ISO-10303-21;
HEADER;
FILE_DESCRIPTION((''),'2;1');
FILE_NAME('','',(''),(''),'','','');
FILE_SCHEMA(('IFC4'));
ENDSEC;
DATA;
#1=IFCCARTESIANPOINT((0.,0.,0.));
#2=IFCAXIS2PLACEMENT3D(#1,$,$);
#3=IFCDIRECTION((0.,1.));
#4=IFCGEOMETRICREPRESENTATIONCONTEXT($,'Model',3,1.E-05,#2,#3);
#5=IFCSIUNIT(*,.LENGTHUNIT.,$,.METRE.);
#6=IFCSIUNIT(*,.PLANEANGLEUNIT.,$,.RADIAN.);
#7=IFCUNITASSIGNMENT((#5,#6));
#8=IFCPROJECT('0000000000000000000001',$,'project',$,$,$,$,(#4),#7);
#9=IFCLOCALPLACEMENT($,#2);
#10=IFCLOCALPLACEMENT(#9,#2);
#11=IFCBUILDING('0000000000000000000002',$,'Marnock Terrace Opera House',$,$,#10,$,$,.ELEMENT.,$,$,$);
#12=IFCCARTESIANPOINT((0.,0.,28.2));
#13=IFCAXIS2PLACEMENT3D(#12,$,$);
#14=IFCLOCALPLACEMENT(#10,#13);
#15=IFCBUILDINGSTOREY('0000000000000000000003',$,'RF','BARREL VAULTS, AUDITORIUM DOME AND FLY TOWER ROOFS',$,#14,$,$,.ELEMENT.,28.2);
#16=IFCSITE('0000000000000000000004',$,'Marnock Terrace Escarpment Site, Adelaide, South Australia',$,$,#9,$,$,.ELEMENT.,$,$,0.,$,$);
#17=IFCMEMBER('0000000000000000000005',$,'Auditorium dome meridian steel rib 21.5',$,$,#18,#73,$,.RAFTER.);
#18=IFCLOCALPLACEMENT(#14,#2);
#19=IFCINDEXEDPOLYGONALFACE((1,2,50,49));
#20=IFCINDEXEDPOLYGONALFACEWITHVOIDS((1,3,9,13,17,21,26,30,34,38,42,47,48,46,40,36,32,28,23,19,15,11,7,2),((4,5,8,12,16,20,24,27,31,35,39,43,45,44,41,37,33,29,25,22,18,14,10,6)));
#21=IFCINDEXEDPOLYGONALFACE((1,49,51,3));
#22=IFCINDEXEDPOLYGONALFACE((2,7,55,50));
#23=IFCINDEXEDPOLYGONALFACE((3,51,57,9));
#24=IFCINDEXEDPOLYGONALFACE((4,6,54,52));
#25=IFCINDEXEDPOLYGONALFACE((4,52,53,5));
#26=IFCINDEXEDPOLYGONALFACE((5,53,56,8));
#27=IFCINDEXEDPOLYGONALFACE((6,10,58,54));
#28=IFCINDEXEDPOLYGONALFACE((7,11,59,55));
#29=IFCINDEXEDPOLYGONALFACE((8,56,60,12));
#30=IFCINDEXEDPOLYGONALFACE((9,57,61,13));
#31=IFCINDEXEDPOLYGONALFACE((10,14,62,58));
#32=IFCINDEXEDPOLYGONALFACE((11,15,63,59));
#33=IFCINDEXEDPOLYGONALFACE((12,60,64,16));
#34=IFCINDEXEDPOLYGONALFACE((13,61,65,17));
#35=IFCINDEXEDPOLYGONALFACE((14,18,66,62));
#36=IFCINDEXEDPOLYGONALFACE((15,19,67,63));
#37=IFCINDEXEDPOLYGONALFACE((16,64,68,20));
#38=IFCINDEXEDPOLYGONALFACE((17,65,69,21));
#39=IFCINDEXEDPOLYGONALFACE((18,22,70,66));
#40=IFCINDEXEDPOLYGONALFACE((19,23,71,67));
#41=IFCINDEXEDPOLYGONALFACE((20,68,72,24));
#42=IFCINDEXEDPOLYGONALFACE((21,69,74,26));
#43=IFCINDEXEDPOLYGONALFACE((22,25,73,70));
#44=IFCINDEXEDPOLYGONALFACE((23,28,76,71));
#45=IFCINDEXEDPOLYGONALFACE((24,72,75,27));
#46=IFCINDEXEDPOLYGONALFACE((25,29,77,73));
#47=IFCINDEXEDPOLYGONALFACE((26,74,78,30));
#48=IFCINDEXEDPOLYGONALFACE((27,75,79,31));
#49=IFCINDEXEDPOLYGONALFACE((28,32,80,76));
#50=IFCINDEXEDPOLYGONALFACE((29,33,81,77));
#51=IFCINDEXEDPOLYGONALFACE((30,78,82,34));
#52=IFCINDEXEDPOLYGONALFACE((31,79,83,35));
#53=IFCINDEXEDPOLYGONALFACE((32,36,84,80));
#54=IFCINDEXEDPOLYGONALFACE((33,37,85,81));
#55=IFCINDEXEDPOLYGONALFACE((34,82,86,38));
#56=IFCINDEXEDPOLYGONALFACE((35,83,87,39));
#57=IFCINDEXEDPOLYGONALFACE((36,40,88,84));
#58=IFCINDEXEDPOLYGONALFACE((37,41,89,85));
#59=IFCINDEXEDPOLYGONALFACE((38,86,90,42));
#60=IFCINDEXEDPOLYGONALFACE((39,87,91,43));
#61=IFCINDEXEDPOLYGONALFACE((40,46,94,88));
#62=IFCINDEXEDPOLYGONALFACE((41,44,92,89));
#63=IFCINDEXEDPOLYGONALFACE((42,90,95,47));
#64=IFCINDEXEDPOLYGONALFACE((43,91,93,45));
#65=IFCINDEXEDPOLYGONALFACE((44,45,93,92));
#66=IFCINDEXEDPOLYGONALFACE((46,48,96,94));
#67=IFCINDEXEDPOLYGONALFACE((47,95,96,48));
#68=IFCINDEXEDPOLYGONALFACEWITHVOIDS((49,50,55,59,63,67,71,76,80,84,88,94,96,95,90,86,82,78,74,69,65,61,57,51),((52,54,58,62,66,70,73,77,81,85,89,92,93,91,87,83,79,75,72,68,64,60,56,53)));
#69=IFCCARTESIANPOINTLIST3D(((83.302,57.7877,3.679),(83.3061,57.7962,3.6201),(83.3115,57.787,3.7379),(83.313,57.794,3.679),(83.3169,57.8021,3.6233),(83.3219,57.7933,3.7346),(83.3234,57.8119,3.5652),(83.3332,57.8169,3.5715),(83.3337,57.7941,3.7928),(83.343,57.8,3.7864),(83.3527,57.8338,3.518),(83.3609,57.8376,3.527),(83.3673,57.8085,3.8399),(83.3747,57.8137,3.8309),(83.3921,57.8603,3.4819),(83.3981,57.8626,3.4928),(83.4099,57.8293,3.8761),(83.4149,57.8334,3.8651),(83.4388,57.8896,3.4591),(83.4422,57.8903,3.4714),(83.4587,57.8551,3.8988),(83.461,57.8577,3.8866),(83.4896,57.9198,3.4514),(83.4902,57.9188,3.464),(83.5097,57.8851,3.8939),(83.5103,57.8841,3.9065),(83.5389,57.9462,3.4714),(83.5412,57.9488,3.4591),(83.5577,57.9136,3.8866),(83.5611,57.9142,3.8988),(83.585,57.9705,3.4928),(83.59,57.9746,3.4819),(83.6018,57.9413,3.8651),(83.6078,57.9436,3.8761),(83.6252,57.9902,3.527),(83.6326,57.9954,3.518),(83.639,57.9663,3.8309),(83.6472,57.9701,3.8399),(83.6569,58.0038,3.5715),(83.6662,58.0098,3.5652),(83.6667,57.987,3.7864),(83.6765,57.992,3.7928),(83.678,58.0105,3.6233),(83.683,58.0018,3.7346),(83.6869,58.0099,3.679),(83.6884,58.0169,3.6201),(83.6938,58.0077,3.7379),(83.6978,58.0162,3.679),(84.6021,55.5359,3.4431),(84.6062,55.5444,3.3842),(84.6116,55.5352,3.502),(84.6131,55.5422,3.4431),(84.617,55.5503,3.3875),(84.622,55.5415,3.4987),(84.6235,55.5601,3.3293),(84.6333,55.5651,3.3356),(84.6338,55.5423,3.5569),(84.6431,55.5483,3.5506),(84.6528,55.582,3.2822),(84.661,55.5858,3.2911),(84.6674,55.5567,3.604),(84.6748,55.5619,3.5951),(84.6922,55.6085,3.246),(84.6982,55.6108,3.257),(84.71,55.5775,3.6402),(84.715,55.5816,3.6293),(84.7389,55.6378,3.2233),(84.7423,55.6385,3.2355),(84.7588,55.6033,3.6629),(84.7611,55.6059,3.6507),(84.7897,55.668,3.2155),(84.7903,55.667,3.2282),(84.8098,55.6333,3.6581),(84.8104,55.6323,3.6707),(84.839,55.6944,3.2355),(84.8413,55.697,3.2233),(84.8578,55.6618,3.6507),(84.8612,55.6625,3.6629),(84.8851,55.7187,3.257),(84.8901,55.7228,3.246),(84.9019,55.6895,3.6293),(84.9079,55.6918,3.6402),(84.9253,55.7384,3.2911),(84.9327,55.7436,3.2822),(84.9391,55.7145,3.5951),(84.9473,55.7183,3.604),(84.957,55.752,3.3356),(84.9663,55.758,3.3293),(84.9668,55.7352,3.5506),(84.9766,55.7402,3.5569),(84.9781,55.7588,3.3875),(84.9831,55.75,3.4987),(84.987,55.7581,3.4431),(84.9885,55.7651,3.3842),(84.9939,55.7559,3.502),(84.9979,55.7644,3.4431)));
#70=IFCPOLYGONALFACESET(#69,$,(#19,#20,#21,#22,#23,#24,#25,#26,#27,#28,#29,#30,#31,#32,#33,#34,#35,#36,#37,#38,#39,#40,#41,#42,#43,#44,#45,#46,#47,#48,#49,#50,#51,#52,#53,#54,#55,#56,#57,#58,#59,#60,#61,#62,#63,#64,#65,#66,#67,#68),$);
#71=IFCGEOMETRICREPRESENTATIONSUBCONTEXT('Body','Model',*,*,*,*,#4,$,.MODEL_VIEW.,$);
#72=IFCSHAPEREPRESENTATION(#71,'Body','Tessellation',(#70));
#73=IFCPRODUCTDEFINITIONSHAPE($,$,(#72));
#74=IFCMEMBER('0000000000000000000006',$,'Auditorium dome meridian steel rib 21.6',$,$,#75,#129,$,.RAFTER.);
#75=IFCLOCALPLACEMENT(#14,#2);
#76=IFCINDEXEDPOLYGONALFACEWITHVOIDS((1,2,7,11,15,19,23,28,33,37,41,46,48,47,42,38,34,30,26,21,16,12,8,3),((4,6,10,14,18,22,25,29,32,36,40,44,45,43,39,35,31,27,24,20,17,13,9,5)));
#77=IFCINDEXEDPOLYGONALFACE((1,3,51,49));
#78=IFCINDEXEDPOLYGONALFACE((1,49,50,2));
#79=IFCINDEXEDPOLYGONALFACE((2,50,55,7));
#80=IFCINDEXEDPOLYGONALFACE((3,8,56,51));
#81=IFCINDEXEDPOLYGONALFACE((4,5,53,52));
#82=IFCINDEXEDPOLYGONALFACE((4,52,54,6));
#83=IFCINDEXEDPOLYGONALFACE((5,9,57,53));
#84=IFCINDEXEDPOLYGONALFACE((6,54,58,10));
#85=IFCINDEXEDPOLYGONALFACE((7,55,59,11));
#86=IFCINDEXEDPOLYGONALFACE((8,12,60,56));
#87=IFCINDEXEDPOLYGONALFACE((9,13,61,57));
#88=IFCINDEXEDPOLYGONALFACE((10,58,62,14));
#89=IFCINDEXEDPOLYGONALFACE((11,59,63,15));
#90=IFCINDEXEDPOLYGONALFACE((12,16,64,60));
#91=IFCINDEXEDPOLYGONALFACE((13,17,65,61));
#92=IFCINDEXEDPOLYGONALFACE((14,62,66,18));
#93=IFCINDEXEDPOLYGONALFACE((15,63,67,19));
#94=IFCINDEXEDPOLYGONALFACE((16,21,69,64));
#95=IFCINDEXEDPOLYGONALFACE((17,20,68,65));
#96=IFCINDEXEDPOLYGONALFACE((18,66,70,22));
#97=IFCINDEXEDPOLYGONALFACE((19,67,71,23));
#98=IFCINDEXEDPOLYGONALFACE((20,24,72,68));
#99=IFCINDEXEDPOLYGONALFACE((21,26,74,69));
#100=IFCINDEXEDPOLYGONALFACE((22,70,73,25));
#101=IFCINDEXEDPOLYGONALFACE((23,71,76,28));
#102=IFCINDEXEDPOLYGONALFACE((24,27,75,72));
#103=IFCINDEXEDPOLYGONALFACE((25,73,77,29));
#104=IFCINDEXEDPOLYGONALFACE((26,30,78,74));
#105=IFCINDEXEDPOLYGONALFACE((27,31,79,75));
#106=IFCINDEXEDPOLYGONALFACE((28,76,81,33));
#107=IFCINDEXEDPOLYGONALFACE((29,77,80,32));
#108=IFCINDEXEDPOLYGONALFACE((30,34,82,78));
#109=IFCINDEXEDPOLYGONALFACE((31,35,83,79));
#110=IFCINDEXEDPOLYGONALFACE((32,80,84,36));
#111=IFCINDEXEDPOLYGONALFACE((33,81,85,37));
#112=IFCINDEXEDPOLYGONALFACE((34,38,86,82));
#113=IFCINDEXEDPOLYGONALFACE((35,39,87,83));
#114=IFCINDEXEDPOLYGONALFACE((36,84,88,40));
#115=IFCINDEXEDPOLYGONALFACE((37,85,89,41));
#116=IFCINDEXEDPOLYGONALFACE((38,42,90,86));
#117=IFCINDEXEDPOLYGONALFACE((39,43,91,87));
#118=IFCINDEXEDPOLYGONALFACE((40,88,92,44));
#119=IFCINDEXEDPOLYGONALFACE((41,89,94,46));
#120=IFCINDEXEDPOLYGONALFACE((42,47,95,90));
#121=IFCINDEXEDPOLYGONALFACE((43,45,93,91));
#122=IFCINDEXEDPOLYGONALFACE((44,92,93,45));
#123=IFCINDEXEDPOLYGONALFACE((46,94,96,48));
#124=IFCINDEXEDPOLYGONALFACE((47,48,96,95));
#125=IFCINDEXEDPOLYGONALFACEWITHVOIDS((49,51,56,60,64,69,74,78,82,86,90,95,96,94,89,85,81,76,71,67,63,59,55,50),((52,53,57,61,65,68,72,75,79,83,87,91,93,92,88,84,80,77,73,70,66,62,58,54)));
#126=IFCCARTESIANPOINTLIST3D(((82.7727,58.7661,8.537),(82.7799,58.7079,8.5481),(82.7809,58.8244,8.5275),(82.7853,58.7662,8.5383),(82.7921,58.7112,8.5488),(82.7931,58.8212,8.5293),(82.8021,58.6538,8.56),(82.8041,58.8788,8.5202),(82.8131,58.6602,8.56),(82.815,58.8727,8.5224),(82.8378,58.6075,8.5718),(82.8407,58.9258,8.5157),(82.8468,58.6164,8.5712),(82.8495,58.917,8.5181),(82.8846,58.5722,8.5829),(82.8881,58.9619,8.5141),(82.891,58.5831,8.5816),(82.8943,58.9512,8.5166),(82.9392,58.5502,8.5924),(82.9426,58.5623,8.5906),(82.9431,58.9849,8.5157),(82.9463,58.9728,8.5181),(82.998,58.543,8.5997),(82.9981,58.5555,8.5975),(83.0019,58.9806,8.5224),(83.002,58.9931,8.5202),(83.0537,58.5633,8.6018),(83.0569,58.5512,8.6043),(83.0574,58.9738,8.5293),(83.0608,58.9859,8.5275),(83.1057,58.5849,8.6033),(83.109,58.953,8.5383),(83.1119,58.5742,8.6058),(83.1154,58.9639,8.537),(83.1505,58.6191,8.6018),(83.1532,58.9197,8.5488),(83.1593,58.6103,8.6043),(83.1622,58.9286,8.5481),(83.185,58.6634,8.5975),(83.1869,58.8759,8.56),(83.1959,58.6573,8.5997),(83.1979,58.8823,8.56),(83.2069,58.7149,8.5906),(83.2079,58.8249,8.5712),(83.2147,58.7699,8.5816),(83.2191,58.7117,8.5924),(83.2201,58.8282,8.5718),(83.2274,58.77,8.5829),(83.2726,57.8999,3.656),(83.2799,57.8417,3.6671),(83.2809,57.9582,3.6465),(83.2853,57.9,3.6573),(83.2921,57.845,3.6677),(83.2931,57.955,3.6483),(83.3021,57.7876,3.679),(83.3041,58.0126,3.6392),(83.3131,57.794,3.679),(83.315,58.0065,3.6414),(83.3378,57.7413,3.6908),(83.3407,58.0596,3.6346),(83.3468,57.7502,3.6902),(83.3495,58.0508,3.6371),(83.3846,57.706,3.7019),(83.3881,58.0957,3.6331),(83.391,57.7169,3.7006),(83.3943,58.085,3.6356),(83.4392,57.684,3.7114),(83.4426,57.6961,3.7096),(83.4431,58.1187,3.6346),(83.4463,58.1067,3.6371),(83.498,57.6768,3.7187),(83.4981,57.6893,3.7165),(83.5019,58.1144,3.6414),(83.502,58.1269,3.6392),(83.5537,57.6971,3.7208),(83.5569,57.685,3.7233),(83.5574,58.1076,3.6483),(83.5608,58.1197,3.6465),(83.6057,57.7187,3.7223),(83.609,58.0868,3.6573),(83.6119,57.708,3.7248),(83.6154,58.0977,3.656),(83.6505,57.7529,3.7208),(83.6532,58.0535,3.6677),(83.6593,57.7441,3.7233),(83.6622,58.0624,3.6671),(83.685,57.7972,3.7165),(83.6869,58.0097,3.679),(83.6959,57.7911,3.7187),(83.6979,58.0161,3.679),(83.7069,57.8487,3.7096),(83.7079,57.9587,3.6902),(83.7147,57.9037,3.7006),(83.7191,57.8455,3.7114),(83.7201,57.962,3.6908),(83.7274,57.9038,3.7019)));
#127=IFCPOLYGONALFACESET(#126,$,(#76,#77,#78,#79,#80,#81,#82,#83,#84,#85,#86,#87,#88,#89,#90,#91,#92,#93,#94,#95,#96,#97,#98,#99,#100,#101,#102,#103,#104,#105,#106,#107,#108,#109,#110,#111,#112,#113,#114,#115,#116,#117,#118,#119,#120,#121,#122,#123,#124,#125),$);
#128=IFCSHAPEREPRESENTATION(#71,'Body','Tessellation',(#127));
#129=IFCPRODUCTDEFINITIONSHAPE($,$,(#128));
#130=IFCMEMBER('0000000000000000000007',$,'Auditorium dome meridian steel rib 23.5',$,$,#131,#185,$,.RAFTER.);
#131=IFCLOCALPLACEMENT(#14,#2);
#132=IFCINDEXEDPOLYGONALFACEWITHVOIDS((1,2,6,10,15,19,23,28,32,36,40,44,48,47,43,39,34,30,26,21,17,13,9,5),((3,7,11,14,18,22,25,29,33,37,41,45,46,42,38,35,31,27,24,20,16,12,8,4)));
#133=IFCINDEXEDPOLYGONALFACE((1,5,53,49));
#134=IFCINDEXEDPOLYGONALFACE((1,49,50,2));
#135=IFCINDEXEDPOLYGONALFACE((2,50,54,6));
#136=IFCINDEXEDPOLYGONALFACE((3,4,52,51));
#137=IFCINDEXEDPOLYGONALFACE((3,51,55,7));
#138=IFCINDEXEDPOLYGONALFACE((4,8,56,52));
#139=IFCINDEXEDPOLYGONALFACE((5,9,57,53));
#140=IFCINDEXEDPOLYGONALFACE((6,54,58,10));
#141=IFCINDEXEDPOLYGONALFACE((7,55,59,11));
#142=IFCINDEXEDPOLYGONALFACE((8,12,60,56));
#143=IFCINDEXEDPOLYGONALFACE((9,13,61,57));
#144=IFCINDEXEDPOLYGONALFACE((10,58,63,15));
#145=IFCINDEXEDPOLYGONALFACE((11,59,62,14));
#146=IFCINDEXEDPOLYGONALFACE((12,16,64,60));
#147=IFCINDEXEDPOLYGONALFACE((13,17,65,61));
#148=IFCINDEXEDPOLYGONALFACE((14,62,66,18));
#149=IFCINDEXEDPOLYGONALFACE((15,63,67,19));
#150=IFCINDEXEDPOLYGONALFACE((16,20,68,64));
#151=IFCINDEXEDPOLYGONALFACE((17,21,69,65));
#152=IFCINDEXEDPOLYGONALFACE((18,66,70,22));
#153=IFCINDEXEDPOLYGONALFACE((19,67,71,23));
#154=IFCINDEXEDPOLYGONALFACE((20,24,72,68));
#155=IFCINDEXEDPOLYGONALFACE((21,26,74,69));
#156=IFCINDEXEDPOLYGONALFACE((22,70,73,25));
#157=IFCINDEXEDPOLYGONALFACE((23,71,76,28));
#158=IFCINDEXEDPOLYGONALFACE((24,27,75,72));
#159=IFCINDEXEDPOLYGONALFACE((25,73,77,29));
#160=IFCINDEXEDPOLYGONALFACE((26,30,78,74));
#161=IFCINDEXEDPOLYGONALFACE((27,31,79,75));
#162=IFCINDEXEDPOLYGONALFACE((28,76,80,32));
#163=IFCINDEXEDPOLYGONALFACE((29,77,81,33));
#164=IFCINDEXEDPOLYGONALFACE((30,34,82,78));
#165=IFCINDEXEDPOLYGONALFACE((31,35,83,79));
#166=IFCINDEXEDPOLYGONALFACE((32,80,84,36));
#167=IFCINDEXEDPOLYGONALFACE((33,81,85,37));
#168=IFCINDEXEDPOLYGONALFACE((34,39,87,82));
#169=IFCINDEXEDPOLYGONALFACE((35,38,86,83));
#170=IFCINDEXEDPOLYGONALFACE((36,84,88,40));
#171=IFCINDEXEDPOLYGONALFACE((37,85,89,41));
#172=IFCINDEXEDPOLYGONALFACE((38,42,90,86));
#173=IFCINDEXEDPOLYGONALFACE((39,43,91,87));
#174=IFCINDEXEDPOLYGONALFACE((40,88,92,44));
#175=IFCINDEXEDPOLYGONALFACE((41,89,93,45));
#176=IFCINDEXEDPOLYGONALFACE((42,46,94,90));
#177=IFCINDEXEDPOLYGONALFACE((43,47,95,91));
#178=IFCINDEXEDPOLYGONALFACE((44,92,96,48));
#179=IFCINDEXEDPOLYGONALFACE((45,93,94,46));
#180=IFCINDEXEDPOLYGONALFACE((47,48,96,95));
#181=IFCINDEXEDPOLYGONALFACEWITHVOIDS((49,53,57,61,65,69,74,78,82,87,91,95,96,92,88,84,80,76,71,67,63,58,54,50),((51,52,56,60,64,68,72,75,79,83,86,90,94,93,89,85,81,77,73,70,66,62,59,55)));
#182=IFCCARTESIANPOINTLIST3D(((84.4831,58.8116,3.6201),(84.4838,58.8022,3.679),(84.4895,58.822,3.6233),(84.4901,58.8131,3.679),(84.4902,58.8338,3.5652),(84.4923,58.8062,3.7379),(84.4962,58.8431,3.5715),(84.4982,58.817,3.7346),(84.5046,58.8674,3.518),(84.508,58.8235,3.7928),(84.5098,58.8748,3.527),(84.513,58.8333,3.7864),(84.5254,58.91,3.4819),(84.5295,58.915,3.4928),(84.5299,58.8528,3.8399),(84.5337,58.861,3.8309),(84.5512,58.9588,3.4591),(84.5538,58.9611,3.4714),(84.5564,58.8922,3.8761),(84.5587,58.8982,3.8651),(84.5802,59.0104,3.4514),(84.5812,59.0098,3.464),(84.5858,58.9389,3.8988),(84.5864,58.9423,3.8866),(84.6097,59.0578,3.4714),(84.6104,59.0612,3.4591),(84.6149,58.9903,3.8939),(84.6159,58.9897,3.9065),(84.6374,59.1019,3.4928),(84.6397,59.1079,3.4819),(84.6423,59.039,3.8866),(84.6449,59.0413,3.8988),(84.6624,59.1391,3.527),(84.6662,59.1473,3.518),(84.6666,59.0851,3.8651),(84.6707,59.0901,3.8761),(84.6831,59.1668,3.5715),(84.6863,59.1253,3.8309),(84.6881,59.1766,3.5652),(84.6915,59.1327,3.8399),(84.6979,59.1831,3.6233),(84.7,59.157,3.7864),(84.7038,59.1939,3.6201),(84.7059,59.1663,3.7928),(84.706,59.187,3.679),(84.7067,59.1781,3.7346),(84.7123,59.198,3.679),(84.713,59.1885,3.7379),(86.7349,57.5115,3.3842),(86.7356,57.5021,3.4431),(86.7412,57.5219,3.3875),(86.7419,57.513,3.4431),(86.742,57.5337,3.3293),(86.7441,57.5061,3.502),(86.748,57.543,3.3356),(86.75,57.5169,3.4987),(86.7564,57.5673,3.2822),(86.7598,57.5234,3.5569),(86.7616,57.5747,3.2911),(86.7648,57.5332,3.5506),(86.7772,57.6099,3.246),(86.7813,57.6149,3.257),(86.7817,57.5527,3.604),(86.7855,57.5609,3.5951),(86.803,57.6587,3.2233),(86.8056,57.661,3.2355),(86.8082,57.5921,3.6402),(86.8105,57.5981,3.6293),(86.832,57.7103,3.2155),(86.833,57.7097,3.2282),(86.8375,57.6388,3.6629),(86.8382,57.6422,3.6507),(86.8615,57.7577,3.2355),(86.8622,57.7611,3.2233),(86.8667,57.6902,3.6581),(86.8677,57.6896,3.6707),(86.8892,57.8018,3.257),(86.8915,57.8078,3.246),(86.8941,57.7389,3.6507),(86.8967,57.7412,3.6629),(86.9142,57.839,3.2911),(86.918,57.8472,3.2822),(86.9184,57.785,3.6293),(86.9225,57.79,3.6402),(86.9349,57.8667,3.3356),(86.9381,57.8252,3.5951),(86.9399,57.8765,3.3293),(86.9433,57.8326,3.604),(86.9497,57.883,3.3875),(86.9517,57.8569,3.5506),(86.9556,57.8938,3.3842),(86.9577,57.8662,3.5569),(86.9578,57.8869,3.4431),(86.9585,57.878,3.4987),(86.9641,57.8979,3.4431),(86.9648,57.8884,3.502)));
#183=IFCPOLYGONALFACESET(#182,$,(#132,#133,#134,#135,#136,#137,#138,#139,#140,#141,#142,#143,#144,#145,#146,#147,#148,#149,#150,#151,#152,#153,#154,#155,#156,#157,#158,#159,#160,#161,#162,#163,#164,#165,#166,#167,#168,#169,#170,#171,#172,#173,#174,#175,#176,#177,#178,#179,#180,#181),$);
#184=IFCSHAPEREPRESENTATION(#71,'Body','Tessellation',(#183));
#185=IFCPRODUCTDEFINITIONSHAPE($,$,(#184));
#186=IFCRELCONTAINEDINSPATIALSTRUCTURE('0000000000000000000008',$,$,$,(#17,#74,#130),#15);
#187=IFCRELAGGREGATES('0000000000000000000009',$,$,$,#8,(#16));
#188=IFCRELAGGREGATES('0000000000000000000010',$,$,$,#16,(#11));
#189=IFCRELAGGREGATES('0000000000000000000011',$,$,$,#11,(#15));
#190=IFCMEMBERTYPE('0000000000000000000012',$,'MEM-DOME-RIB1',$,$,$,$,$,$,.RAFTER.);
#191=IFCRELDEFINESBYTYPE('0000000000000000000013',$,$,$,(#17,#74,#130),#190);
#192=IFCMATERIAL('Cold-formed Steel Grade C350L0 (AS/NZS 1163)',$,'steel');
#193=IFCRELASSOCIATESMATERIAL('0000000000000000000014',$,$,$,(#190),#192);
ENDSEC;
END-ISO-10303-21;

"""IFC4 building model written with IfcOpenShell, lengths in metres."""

from ifc_helpers import new_model, si_unit, direction, frame, origin, origin_2d, place, context, subcontext, project, spatial, hollow_circle, extrude, material, material_profile, profile_set, type_object, element, save


model = new_model("IFC4")

# Units and contexts
model_context = context("Model", 3, precision=1e-05, world=origin(), true_north=direction((0.0, 1.0)))
body_context = subcontext(model_context, "Body", "Model", "MODEL_VIEW")
ifc_project = project(units=[si_unit("LENGTHUNIT", "METRE"), si_unit("PLANEANGLEUNIT", "RADIAN")], contexts=[model_context])

# Site, building, storey
site_placement = place(None, origin())
site = spatial("IfcSite", under=ifc_project, at=site_placement, Name="Marnock Terrace Escarpment Site, Adelaide, South Australia", CompositionType="ELEMENT", RefElevation=0.0)
building_placement = place(site_placement, origin())
building = spatial("IfcBuilding", under=site, at=building_placement, Name="Marnock Terrace Opera House", CompositionType="ELEMENT")
storey_placement = place(building_placement, frame((0.0, 0.0, 28.2)))
storey = spatial("IfcBuildingStorey", under=building, at=storey_placement, Name="RF", Description="BARREL VAULTS, AUDITORIUM DOME AND FLY TOWER ROOFS", CompositionType="ELEMENT", Elevation=28.2)

# Members
ifc_material_1 = material(Name="Cold-formed Steel Grade C350L0 (AS/NZS 1163)", Category="steel")
ifc_material_profile_1 = material_profile(ifc_material_1, hollow_circle(Radius=0.2285, WallThickness=0.0127, at=origin_2d()))
ifc_profile_set_1 = profile_set([ifc_material_profile_1], Name="Cold-formed Steel Grade C350L0 (AS/NZS 1163)")
member_type_1 = type_object("IfcMemberType", Name="MEM-DOME-RIB1", PredefinedType="RAFTER", material=ifc_profile_set_1)
member_1_placement = place(storey_placement, frame((84.8, 55.6501, 3.4431), z_axis=(-0.497963, 0.862481, 0.090335), x_axis=(-0.866021, -0.500007, 0.0)))
element("IfcMember", 1, at=member_1_placement, inside=storey, type_object=member_type_1, Name="Auditorium dome meridian steel rib 21.5", PredefinedType="RAFTER", context=body_context, shape_type="SweptSolid", body=[
    extrude(hollow_circle(Radius=0.2285, WallThickness=0.0127, at=origin_2d()), origin(), (0.0, 0.0, 1.0), 2.6108),
])
member_2_placement = place(storey_placement, frame((83.5, 57.9019, 3.679), z_axis=(-0.100351, 0.17385, 0.979646), x_axis=(-0.866072, -0.49992, 0.0)))
element("IfcMember", 2, at=member_2_placement, inside=storey, type_object=member_type_1, Name="Auditorium dome meridian steel rib 21.6", PredefinedType="RAFTER", context=body_context, shape_type="SweptSolid", body=[
    extrude(hollow_circle(Radius=0.2285, WallThickness=0.0127, at=origin_2d()), origin(), (0.0, 0.0, 1.0), 4.9824),
])
member_3_placement = place(storey_placement, frame((86.8499, 57.7, 3.4431), z_axis=(-0.862481, 0.497963, 0.090335), x_axis=(-0.500007, -0.866021, 0.0)))
element("IfcMember", 3, at=member_3_placement, inside=storey, type_object=member_type_1, Name="Auditorium dome meridian steel rib 23.5", PredefinedType="RAFTER", context=body_context, shape_type="SweptSolid", body=[
    extrude(hollow_circle(Radius=0.2285, WallThickness=0.0127, at=origin_2d()), origin(), (0.0, 0.0, 1.0), 2.6108),
])

save(model, "model.ifc")
